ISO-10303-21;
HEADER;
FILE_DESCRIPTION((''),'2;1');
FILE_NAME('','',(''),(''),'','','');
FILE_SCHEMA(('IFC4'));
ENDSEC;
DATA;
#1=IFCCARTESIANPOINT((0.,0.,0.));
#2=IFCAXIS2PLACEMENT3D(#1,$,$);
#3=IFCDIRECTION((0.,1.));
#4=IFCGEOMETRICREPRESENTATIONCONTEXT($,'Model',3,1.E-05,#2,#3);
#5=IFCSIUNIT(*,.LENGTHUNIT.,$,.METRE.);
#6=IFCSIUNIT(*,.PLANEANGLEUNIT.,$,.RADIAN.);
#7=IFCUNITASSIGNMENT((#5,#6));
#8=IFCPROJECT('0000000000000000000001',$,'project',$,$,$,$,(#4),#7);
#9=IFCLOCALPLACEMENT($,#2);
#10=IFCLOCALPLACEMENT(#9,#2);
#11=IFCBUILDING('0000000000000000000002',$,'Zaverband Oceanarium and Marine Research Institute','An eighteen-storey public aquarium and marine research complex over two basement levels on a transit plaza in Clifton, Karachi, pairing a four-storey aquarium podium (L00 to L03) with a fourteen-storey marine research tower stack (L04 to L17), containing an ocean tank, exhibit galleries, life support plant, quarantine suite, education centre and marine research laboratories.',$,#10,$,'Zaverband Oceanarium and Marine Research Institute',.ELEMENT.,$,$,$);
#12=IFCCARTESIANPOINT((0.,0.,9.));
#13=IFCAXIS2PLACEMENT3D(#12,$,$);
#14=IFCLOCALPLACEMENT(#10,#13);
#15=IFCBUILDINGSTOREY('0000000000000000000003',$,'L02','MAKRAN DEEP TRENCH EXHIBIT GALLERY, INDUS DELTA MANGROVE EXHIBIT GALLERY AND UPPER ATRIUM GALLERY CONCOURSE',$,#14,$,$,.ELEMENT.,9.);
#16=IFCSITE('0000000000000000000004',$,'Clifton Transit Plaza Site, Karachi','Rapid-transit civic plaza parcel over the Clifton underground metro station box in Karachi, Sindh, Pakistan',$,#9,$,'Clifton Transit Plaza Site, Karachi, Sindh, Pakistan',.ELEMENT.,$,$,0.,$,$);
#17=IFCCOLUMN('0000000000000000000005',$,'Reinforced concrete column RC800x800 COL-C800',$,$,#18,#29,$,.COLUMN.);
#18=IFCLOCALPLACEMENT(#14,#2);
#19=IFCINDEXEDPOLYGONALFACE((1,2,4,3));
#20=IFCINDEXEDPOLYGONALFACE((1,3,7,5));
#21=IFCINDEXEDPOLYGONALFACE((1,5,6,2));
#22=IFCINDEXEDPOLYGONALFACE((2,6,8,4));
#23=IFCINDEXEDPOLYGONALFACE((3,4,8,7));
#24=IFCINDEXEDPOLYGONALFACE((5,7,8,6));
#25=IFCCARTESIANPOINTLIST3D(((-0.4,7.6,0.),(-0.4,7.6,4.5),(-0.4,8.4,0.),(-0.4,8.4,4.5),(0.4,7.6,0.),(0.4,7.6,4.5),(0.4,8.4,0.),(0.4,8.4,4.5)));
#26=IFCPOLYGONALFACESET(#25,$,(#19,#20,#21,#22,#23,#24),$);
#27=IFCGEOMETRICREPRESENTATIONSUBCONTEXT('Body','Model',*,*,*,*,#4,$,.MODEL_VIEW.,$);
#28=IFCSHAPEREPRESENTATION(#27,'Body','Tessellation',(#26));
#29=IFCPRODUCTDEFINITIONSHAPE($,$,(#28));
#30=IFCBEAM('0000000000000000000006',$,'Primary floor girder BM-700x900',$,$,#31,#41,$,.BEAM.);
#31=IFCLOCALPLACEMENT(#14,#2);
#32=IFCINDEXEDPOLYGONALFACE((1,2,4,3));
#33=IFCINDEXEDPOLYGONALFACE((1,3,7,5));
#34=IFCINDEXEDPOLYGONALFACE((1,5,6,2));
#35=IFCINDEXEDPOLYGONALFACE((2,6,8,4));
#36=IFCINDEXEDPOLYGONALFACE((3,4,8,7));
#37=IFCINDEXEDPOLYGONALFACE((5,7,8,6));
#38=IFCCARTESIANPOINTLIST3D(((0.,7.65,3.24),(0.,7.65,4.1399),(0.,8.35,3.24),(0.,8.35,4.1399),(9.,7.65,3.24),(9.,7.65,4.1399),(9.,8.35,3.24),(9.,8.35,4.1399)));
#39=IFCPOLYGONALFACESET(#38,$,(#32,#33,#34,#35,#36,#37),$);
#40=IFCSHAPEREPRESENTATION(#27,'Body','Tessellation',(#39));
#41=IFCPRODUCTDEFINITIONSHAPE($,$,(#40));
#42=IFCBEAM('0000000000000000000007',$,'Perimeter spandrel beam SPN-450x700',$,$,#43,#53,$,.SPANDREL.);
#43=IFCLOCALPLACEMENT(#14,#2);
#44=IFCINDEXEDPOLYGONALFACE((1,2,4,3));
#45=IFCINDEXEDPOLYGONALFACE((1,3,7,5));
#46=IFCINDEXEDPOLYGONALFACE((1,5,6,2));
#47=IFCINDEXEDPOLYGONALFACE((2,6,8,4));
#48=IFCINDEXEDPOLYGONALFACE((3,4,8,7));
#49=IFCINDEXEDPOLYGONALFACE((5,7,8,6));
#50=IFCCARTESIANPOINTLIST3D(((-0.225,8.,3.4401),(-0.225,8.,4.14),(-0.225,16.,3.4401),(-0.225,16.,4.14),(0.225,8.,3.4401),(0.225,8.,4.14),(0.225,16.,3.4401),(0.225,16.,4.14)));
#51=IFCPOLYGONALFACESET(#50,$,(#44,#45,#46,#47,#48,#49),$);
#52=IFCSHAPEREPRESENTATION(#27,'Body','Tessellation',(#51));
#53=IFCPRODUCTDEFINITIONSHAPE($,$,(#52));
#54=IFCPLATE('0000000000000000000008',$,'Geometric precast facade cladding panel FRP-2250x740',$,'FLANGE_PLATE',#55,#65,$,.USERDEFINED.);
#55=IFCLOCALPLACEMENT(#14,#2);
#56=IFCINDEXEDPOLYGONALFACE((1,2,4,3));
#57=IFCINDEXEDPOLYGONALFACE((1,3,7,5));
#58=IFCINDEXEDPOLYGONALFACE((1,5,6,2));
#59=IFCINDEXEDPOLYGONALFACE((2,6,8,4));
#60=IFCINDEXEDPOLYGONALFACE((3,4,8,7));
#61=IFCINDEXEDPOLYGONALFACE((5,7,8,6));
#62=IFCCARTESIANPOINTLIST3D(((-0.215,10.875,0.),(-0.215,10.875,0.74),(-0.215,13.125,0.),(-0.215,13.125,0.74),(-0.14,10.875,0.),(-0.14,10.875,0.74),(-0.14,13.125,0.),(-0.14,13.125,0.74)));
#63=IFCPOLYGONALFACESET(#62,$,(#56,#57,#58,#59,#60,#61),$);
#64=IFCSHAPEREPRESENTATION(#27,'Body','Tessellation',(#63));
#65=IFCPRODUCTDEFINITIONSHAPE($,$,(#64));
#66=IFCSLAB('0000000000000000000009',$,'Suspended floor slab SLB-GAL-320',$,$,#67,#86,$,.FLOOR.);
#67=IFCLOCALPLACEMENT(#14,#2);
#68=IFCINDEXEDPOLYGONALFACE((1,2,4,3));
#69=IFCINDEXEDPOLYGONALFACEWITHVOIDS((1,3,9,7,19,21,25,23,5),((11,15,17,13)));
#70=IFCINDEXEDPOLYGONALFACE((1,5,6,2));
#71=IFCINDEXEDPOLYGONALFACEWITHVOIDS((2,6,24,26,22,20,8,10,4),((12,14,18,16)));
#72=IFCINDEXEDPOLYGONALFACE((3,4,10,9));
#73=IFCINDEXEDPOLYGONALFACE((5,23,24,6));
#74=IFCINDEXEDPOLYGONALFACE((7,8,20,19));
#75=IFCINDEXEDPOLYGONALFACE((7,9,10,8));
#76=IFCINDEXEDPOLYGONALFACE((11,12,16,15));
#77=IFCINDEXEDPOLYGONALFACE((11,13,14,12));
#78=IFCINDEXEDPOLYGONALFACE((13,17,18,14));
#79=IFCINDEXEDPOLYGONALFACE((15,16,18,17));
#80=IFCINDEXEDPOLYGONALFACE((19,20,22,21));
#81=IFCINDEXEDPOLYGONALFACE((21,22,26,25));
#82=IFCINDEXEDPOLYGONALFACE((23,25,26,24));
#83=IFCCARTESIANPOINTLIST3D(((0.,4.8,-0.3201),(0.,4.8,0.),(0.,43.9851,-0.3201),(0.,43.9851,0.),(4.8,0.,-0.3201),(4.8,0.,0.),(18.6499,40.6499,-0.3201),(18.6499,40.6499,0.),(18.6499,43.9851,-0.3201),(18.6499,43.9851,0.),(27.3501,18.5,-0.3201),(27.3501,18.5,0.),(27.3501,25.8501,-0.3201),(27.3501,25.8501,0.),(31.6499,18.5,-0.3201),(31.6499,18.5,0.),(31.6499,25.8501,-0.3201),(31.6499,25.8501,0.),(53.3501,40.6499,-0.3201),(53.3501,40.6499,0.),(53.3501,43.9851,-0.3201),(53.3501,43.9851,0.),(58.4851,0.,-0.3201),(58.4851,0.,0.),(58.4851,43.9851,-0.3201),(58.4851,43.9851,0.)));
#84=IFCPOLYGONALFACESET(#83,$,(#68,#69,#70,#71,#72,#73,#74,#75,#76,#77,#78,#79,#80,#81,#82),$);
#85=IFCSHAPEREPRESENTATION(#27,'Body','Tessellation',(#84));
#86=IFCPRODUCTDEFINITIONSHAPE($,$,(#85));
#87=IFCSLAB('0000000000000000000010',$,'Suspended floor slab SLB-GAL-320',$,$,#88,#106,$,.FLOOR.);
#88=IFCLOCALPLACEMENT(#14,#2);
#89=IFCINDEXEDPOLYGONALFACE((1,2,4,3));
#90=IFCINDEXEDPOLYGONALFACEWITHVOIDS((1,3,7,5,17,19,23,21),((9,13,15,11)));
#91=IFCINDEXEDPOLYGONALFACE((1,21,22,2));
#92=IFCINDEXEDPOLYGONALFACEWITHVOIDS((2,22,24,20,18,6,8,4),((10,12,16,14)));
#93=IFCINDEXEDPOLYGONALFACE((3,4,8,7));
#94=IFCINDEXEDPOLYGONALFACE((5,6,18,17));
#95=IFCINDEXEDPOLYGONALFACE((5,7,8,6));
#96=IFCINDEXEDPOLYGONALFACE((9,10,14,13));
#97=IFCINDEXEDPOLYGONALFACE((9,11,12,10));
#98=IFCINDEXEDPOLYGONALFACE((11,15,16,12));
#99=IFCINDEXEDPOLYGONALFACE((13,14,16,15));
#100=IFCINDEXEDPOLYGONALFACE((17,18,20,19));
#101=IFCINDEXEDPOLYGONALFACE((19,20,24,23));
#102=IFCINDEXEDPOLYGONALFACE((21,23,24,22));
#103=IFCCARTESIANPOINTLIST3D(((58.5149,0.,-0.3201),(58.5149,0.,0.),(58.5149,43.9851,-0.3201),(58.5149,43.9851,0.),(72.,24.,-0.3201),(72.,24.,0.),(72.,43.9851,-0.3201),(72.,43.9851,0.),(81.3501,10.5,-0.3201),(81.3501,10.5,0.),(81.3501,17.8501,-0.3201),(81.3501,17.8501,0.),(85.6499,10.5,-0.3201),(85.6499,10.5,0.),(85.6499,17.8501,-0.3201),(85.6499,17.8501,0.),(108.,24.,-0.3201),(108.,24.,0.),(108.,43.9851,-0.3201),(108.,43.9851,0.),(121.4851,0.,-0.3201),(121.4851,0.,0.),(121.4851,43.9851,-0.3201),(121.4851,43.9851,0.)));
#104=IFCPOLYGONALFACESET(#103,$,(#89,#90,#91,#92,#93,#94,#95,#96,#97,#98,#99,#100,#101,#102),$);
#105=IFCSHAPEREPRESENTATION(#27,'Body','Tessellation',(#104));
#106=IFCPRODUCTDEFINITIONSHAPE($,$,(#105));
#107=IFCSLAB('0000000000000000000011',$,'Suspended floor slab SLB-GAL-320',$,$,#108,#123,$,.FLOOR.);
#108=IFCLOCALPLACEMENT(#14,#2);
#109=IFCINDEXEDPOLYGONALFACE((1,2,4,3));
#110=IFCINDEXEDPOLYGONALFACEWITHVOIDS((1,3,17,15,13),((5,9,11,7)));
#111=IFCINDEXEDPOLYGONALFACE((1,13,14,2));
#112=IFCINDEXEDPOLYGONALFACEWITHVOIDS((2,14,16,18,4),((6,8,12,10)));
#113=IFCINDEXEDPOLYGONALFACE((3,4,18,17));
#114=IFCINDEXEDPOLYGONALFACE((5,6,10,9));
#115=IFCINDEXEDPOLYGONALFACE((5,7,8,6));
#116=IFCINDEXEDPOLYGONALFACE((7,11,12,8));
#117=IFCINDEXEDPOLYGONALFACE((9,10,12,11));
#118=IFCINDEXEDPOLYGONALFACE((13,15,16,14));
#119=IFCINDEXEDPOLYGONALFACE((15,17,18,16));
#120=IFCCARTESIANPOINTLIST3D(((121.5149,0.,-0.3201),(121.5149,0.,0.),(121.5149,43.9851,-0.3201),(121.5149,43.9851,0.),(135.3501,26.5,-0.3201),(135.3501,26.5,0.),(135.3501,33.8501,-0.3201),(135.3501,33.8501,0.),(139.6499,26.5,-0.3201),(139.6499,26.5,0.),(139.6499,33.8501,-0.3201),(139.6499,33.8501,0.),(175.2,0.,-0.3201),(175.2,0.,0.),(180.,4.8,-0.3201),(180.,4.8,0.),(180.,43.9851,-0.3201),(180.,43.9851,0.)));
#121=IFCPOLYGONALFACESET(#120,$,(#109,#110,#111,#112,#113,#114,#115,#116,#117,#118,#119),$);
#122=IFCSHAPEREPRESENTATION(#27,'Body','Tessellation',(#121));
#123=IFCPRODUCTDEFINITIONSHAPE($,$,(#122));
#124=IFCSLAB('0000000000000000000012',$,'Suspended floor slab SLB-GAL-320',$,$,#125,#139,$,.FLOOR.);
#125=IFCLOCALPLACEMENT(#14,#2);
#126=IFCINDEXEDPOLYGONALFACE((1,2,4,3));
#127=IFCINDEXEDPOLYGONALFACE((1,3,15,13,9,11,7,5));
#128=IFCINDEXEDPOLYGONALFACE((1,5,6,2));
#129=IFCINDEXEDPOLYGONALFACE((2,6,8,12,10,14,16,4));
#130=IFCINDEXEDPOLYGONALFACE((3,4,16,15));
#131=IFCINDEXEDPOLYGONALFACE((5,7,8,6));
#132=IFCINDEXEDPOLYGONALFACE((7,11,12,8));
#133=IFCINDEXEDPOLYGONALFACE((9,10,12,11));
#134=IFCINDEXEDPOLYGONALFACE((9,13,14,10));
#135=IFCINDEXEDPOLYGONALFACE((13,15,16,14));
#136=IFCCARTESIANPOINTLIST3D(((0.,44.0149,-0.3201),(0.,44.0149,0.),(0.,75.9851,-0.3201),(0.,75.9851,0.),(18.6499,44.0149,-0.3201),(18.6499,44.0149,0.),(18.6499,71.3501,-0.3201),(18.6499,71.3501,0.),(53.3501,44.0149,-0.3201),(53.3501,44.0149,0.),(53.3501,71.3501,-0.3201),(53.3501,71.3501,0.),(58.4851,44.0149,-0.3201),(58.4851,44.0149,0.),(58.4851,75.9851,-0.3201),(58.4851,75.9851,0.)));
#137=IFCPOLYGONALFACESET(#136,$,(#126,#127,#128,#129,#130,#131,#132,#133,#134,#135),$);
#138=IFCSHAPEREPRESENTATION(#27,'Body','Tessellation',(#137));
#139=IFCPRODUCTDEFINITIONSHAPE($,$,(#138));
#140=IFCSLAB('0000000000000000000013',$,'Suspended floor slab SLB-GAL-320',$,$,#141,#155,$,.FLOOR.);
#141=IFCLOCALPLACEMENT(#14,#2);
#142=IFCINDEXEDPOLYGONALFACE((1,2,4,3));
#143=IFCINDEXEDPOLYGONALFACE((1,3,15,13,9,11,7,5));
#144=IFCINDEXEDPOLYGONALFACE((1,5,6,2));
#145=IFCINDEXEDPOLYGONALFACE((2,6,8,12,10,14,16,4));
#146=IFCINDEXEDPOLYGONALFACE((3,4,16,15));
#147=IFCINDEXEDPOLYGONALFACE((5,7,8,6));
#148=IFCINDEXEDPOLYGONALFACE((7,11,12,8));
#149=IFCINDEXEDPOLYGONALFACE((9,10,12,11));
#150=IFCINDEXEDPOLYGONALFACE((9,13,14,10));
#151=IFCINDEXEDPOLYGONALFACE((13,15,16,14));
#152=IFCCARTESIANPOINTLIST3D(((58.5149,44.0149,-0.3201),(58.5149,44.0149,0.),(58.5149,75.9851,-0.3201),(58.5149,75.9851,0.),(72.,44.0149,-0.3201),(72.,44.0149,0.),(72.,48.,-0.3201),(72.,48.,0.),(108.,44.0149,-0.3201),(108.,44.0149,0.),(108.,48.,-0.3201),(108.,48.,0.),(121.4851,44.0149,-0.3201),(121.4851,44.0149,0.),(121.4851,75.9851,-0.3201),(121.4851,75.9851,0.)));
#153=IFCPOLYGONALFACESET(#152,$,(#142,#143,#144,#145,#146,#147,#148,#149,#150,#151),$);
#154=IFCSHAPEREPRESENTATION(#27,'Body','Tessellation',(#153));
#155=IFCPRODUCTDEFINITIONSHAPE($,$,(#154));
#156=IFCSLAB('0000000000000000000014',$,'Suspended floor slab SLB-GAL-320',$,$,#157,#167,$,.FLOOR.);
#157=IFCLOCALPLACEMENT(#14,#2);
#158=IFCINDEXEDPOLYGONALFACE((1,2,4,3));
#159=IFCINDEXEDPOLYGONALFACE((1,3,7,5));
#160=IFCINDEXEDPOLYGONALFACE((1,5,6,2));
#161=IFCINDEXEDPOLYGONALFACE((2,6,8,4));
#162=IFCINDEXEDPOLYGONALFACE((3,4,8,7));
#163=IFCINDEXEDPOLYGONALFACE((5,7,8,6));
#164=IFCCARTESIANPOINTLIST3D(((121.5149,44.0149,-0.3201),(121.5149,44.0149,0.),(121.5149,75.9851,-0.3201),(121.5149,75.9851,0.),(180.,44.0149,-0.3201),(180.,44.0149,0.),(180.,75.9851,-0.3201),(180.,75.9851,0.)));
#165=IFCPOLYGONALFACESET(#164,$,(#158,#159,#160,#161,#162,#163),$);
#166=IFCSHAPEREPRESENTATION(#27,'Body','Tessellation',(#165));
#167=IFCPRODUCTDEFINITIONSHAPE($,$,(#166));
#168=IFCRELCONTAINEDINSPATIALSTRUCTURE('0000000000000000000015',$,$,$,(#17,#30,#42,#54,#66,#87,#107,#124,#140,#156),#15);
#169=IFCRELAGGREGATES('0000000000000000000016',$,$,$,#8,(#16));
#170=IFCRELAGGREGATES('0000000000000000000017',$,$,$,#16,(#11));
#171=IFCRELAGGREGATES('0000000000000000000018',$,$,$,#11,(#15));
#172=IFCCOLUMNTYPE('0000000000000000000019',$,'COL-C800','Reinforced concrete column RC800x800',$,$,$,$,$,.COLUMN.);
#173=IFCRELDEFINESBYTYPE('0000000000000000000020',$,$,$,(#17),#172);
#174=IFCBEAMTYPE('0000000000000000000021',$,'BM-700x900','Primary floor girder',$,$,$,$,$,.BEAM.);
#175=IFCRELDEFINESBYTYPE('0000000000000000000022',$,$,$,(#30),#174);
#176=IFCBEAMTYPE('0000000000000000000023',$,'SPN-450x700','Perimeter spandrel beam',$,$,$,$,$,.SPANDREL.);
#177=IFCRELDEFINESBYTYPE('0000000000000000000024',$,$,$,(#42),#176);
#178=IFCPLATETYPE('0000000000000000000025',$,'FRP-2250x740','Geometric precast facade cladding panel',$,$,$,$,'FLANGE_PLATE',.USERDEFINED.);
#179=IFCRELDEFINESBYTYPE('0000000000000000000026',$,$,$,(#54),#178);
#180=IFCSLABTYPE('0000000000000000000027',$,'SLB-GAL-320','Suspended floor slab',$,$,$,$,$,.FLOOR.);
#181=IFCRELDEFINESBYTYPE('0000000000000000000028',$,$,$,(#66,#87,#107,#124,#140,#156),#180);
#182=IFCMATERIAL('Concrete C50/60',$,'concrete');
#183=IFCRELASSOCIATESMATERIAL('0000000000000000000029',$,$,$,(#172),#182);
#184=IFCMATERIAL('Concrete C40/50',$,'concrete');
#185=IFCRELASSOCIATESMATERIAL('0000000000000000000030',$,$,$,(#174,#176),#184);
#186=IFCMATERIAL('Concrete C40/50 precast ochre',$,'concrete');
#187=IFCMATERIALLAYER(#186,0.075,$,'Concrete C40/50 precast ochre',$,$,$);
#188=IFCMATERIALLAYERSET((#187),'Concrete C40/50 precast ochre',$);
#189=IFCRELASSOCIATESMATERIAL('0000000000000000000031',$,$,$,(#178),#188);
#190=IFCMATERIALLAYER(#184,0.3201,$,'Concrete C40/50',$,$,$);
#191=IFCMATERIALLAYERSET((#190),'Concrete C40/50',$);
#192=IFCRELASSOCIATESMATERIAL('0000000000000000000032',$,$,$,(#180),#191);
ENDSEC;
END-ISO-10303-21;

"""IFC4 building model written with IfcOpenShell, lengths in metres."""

from ifc_helpers import new_model, si_unit, direction, frame, frame_2d, origin, origin_2d, place, context, subcontext, project, spatial, polyline, rectangle, outline, extrude, material, layer, layer_set, material_profile, profile_set, type_object, element, save


model = new_model("IFC4")

# Units and contexts
model_context = context("Model", 3, precision=1e-05, world=origin(), true_north=direction((0.0, 1.0)))
body_context = subcontext(model_context, "Body", "Model", "MODEL_VIEW")
ifc_project = project(units=[si_unit("LENGTHUNIT", "METRE"), si_unit("PLANEANGLEUNIT", "RADIAN")], contexts=[model_context])

# Site, building, storey
site_placement = place(None, origin())
site = spatial("IfcSite", under=ifc_project, at=site_placement, Name="Clifton Transit Plaza Site, Karachi", Description="Rapid-transit civic plaza parcel over the Clifton underground metro station box in Karachi, Sindh, Pakistan", LongName="Clifton Transit Plaza Site, Karachi, Sindh, Pakistan", CompositionType="ELEMENT", RefElevation=0.0)
building_placement = place(site_placement, origin())
building = spatial("IfcBuilding", under=site, at=building_placement, Name="Zaverband Oceanarium and Marine Research Institute", Description="An eighteen-storey public aquarium and marine research complex over two basement levels on a transit plaza in Clifton, Karachi, pairing a four-storey aquarium podium (L00 to L03) with a fourteen-storey marine research tower stack (L04 to L17), containing an ocean tank, exhibit galleries, life support plant, quarantine suite, education centre and marine research laboratories.", LongName="Zaverband Oceanarium and Marine Research Institute", CompositionType="ELEMENT")
storey_placement = place(building_placement, frame((0.0, 0.0, 9.0)))
storey = spatial("IfcBuildingStorey", under=building, at=storey_placement, Name="L02", Description="MAKRAN DEEP TRENCH EXHIBIT GALLERY, INDUS DELTA MANGROVE EXHIBIT GALLERY AND UPPER ATRIUM GALLERY CONCOURSE", CompositionType="ELEMENT", Elevation=9.0)

# Column
ifc_material_1 = material(Name="Concrete C50/60", Category="concrete")
ifc_material_profile_1 = material_profile(ifc_material_1, rectangle(XDim=0.8, YDim=0.8, at=origin_2d()), Name="RC800x800")
ifc_profile_set_1 = profile_set([ifc_material_profile_1], Name="Concrete C50/60")
column_type = type_object("IfcColumnType", Name="COL-C800", Description="Reinforced concrete column RC800x800", PredefinedType="COLUMN", material=ifc_profile_set_1)
column_placement = place(storey_placement, frame((0.0, 8.0, 0.0), z_axis=(0.0, 0.0, 1.0), x_axis=(1.0, 0.0, 0.0)))
element("IfcColumn", 1, at=column_placement, inside=storey, type_object=column_type, Name="Reinforced concrete column RC800x800 COL-C800", PredefinedType="COLUMN", context=body_context, shape_type="SweptSolid", body=[
    extrude(rectangle(XDim=0.8, YDim=0.8, at=origin_2d()), origin(), (0.0, 0.0, 1.0), 4.5),
])

# Beams
ifc_material_2 = material(Name="Concrete C40/50", Category="concrete")
ifc_material_profile_2 = material_profile(ifc_material_2, rectangle(XDim=0.7, YDim=0.8999, at=origin_2d()), Name="RC700x900")
ifc_profile_set_2 = profile_set([ifc_material_profile_2], Name="Concrete C40/50")
beam_type_1 = type_object("IfcBeamType", Name="BM-700x900", Description="Primary floor girder", PredefinedType="BEAM", material=ifc_profile_set_2)
beam_1_placement = place(storey_placement, frame((0.0, 8.0, 3.6899), z_axis=(1.0, 0.0, 0.0), x_axis=(0.0, 1.0, 0.0)))
element("IfcBeam", 2, at=beam_1_placement, inside=storey, type_object=beam_type_1, Name="Primary floor girder BM-700x900", PredefinedType="BEAM", context=body_context, shape_type="SweptSolid", body=[
    extrude(rectangle(XDim=0.7, YDim=0.8999, at=origin_2d()), origin(), (0.0, 0.0, 1.0), 9.0),
])
ifc_material_profile_3 = material_profile(ifc_material_2, rectangle(XDim=0.45, YDim=0.7, at=origin_2d()), Name="RC450x700")
ifc_profile_set_3 = profile_set([ifc_material_profile_3], Name="Concrete C40/50")
beam_type_2 = type_object("IfcBeamType", Name="SPN-450x700", Description="Perimeter spandrel beam", PredefinedType="SPANDREL", material=ifc_profile_set_3)
beam_2_placement = place(storey_placement, frame((0.0, 8.0, 3.79), z_axis=(0.0, 1.0, 0.0), x_axis=(-1.0, 0.0, 0.0)))
element("IfcBeam", 3, at=beam_2_placement, inside=storey, type_object=beam_type_2, Name="Perimeter spandrel beam SPN-450x700", PredefinedType="SPANDREL", context=body_context, shape_type="SweptSolid", body=[
    extrude(rectangle(XDim=0.45, YDim=0.7, at=origin_2d()), origin(), (0.0, 0.0, 1.0), 8.0),
])

# Plate
ifc_material_3 = material(Name="Concrete C40/50 precast ochre", Category="concrete")
ifc_layer_1 = layer(ifc_material_3, 0.075, Name="Concrete C40/50 precast ochre")
ifc_layer_set_1 = layer_set([ifc_layer_1], Name="Concrete C40/50 precast ochre")
plate_type = type_object("IfcPlateType", Name="FRP-2250x740", Description="Geometric precast facade cladding panel", ElementType="FLANGE_PLATE", PredefinedType="USERDEFINED", material=ifc_layer_set_1)
plate_placement = place(storey_placement, frame((-0.1775, 10.875, 0.0), z_axis=(0.0, 0.0, 1.0), x_axis=(0.0, 1.0, 0.0)))
element("IfcPlate", 4, at=plate_placement, inside=storey, type_object=plate_type, Name="Geometric precast facade cladding panel FRP-2250x740", ObjectType="FLANGE_PLATE", PredefinedType="USERDEFINED", context=body_context, shape_type="SweptSolid", body=[
    extrude(rectangle(XDim=2.25, YDim=0.075, at=frame_2d((1.125, 0.0))), origin(), (0.0, 0.0, 1.0), 0.74),
])

# Slabs
ifc_layer_2 = layer(ifc_material_2, 0.3201, Name="Concrete C40/50")
ifc_layer_set_2 = layer_set([ifc_layer_2], Name="Concrete C40/50")
slab_type_1 = type_object("IfcSlabType", Name="SLB-GAL-320", Description="Suspended floor slab", PredefinedType="FLOOR", material=ifc_layer_set_2)
slab_1_placement = place(storey_placement, frame((0.0, 0.0, -0.3201)))
element("IfcSlab", 5, at=slab_1_placement, inside=storey, type_object=slab_type_1, Name="Suspended floor slab SLB-GAL-320", PredefinedType="FLOOR", context=body_context, shape_type="SweptSolid", body=[
    extrude(outline(polyline([(58.4851, 43.9851), (58.4851, 0.0), (4.8, 0.0), (0.0, 4.8), (0.0, 43.9851), (18.6499, 43.9851), (18.6499, 40.6499), (53.3501, 40.6499), (53.3501, 43.9851), (58.4851, 43.9851)]), holes=[polyline([(31.6499, 25.8501), (27.3501, 25.8501), (27.3501, 18.5), (31.6499, 18.5), (31.6499, 25.8501)])]), origin(), (0.0, 0.0, 1.0), 0.3201),
])
slab_2_placement = place(storey_placement, frame((0.0, 0.0, -0.3201)))
element("IfcSlab", 6, at=slab_2_placement, inside=storey, type_object=slab_type_1, Name="Suspended floor slab SLB-GAL-320", PredefinedType="FLOOR", context=body_context, shape_type="SweptSolid", body=[
    extrude(outline(polyline([(121.4851, 43.9851), (121.4851, 0.0), (58.5149, 0.0), (58.5149, 43.9851), (72.0, 43.9851), (72.0, 24.0), (108.0, 24.0), (108.0, 43.9851), (121.4851, 43.9851)]), holes=[polyline([(85.6499, 17.8501), (81.3501, 17.8501), (81.3501, 10.5), (85.6499, 10.5), (85.6499, 17.8501)])]), origin(), (0.0, 0.0, 1.0), 0.3201),
])
slab_3_placement = place(storey_placement, frame((0.0, 0.0, -0.3201)))
element("IfcSlab", 7, at=slab_3_placement, inside=storey, type_object=slab_type_1, Name="Suspended floor slab SLB-GAL-320", PredefinedType="FLOOR", context=body_context, shape_type="SweptSolid", body=[
    extrude(outline(polyline([(121.5149, 43.9851), (180.0, 43.9851), (180.0, 4.8), (175.2, 0.0), (121.5149, 0.0), (121.5149, 43.9851)]), holes=[polyline([(139.6499, 33.8501), (135.3501, 33.8501), (135.3501, 26.5), (139.6499, 26.5), (139.6499, 33.8501)])]), origin(), (0.0, 0.0, 1.0), 0.3201),
])
slab_4_placement = place(storey_placement, frame((0.0, 0.0, -0.3201)))
element("IfcSlab", 8, at=slab_4_placement, inside=storey, type_object=slab_type_1, Name="Suspended floor slab SLB-GAL-320", PredefinedType="FLOOR", context=body_context, shape_type="SweptSolid", body=[
    extrude(outline(polyline([(0.0, 44.0149), (0.0, 75.9851), (58.4851, 75.9851), (58.4851, 44.0149), (53.3501, 44.0149), (53.3501, 71.3501), (18.6499, 71.3501), (18.6499, 44.0149), (0.0, 44.0149)])), origin(), (0.0, 0.0, 1.0), 0.3201),
])
slab_5_placement = place(storey_placement, frame((0.0, 0.0, -0.3201)))
element("IfcSlab", 9, at=slab_5_placement, inside=storey, type_object=slab_type_1, Name="Suspended floor slab SLB-GAL-320", PredefinedType="FLOOR", context=body_context, shape_type="SweptSolid", body=[
    extrude(outline(polyline([(58.5149, 44.0149), (58.5149, 75.9851), (121.4851, 75.9851), (121.4851, 44.0149), (108.0, 44.0149), (108.0, 48.0), (72.0, 48.0), (72.0, 44.0149), (58.5149, 44.0149)])), origin(), (0.0, 0.0, 1.0), 0.3201),
])
slab_6_placement = place(storey_placement, frame((0.0, 0.0, -0.3201)))
element("IfcSlab", 10, at=slab_6_placement, inside=storey, type_object=slab_type_1, Name="Suspended floor slab SLB-GAL-320", PredefinedType="FLOOR", context=body_context, shape_type="SweptSolid", body=[
    extrude(outline(polyline([(121.5149, 75.9851), (180.0, 75.9851), (180.0, 44.0149), (121.5149, 44.0149), (121.5149, 75.9851)])), origin(), (0.0, 0.0, 1.0), 0.3201),
])

save(model, "model.ifc")
